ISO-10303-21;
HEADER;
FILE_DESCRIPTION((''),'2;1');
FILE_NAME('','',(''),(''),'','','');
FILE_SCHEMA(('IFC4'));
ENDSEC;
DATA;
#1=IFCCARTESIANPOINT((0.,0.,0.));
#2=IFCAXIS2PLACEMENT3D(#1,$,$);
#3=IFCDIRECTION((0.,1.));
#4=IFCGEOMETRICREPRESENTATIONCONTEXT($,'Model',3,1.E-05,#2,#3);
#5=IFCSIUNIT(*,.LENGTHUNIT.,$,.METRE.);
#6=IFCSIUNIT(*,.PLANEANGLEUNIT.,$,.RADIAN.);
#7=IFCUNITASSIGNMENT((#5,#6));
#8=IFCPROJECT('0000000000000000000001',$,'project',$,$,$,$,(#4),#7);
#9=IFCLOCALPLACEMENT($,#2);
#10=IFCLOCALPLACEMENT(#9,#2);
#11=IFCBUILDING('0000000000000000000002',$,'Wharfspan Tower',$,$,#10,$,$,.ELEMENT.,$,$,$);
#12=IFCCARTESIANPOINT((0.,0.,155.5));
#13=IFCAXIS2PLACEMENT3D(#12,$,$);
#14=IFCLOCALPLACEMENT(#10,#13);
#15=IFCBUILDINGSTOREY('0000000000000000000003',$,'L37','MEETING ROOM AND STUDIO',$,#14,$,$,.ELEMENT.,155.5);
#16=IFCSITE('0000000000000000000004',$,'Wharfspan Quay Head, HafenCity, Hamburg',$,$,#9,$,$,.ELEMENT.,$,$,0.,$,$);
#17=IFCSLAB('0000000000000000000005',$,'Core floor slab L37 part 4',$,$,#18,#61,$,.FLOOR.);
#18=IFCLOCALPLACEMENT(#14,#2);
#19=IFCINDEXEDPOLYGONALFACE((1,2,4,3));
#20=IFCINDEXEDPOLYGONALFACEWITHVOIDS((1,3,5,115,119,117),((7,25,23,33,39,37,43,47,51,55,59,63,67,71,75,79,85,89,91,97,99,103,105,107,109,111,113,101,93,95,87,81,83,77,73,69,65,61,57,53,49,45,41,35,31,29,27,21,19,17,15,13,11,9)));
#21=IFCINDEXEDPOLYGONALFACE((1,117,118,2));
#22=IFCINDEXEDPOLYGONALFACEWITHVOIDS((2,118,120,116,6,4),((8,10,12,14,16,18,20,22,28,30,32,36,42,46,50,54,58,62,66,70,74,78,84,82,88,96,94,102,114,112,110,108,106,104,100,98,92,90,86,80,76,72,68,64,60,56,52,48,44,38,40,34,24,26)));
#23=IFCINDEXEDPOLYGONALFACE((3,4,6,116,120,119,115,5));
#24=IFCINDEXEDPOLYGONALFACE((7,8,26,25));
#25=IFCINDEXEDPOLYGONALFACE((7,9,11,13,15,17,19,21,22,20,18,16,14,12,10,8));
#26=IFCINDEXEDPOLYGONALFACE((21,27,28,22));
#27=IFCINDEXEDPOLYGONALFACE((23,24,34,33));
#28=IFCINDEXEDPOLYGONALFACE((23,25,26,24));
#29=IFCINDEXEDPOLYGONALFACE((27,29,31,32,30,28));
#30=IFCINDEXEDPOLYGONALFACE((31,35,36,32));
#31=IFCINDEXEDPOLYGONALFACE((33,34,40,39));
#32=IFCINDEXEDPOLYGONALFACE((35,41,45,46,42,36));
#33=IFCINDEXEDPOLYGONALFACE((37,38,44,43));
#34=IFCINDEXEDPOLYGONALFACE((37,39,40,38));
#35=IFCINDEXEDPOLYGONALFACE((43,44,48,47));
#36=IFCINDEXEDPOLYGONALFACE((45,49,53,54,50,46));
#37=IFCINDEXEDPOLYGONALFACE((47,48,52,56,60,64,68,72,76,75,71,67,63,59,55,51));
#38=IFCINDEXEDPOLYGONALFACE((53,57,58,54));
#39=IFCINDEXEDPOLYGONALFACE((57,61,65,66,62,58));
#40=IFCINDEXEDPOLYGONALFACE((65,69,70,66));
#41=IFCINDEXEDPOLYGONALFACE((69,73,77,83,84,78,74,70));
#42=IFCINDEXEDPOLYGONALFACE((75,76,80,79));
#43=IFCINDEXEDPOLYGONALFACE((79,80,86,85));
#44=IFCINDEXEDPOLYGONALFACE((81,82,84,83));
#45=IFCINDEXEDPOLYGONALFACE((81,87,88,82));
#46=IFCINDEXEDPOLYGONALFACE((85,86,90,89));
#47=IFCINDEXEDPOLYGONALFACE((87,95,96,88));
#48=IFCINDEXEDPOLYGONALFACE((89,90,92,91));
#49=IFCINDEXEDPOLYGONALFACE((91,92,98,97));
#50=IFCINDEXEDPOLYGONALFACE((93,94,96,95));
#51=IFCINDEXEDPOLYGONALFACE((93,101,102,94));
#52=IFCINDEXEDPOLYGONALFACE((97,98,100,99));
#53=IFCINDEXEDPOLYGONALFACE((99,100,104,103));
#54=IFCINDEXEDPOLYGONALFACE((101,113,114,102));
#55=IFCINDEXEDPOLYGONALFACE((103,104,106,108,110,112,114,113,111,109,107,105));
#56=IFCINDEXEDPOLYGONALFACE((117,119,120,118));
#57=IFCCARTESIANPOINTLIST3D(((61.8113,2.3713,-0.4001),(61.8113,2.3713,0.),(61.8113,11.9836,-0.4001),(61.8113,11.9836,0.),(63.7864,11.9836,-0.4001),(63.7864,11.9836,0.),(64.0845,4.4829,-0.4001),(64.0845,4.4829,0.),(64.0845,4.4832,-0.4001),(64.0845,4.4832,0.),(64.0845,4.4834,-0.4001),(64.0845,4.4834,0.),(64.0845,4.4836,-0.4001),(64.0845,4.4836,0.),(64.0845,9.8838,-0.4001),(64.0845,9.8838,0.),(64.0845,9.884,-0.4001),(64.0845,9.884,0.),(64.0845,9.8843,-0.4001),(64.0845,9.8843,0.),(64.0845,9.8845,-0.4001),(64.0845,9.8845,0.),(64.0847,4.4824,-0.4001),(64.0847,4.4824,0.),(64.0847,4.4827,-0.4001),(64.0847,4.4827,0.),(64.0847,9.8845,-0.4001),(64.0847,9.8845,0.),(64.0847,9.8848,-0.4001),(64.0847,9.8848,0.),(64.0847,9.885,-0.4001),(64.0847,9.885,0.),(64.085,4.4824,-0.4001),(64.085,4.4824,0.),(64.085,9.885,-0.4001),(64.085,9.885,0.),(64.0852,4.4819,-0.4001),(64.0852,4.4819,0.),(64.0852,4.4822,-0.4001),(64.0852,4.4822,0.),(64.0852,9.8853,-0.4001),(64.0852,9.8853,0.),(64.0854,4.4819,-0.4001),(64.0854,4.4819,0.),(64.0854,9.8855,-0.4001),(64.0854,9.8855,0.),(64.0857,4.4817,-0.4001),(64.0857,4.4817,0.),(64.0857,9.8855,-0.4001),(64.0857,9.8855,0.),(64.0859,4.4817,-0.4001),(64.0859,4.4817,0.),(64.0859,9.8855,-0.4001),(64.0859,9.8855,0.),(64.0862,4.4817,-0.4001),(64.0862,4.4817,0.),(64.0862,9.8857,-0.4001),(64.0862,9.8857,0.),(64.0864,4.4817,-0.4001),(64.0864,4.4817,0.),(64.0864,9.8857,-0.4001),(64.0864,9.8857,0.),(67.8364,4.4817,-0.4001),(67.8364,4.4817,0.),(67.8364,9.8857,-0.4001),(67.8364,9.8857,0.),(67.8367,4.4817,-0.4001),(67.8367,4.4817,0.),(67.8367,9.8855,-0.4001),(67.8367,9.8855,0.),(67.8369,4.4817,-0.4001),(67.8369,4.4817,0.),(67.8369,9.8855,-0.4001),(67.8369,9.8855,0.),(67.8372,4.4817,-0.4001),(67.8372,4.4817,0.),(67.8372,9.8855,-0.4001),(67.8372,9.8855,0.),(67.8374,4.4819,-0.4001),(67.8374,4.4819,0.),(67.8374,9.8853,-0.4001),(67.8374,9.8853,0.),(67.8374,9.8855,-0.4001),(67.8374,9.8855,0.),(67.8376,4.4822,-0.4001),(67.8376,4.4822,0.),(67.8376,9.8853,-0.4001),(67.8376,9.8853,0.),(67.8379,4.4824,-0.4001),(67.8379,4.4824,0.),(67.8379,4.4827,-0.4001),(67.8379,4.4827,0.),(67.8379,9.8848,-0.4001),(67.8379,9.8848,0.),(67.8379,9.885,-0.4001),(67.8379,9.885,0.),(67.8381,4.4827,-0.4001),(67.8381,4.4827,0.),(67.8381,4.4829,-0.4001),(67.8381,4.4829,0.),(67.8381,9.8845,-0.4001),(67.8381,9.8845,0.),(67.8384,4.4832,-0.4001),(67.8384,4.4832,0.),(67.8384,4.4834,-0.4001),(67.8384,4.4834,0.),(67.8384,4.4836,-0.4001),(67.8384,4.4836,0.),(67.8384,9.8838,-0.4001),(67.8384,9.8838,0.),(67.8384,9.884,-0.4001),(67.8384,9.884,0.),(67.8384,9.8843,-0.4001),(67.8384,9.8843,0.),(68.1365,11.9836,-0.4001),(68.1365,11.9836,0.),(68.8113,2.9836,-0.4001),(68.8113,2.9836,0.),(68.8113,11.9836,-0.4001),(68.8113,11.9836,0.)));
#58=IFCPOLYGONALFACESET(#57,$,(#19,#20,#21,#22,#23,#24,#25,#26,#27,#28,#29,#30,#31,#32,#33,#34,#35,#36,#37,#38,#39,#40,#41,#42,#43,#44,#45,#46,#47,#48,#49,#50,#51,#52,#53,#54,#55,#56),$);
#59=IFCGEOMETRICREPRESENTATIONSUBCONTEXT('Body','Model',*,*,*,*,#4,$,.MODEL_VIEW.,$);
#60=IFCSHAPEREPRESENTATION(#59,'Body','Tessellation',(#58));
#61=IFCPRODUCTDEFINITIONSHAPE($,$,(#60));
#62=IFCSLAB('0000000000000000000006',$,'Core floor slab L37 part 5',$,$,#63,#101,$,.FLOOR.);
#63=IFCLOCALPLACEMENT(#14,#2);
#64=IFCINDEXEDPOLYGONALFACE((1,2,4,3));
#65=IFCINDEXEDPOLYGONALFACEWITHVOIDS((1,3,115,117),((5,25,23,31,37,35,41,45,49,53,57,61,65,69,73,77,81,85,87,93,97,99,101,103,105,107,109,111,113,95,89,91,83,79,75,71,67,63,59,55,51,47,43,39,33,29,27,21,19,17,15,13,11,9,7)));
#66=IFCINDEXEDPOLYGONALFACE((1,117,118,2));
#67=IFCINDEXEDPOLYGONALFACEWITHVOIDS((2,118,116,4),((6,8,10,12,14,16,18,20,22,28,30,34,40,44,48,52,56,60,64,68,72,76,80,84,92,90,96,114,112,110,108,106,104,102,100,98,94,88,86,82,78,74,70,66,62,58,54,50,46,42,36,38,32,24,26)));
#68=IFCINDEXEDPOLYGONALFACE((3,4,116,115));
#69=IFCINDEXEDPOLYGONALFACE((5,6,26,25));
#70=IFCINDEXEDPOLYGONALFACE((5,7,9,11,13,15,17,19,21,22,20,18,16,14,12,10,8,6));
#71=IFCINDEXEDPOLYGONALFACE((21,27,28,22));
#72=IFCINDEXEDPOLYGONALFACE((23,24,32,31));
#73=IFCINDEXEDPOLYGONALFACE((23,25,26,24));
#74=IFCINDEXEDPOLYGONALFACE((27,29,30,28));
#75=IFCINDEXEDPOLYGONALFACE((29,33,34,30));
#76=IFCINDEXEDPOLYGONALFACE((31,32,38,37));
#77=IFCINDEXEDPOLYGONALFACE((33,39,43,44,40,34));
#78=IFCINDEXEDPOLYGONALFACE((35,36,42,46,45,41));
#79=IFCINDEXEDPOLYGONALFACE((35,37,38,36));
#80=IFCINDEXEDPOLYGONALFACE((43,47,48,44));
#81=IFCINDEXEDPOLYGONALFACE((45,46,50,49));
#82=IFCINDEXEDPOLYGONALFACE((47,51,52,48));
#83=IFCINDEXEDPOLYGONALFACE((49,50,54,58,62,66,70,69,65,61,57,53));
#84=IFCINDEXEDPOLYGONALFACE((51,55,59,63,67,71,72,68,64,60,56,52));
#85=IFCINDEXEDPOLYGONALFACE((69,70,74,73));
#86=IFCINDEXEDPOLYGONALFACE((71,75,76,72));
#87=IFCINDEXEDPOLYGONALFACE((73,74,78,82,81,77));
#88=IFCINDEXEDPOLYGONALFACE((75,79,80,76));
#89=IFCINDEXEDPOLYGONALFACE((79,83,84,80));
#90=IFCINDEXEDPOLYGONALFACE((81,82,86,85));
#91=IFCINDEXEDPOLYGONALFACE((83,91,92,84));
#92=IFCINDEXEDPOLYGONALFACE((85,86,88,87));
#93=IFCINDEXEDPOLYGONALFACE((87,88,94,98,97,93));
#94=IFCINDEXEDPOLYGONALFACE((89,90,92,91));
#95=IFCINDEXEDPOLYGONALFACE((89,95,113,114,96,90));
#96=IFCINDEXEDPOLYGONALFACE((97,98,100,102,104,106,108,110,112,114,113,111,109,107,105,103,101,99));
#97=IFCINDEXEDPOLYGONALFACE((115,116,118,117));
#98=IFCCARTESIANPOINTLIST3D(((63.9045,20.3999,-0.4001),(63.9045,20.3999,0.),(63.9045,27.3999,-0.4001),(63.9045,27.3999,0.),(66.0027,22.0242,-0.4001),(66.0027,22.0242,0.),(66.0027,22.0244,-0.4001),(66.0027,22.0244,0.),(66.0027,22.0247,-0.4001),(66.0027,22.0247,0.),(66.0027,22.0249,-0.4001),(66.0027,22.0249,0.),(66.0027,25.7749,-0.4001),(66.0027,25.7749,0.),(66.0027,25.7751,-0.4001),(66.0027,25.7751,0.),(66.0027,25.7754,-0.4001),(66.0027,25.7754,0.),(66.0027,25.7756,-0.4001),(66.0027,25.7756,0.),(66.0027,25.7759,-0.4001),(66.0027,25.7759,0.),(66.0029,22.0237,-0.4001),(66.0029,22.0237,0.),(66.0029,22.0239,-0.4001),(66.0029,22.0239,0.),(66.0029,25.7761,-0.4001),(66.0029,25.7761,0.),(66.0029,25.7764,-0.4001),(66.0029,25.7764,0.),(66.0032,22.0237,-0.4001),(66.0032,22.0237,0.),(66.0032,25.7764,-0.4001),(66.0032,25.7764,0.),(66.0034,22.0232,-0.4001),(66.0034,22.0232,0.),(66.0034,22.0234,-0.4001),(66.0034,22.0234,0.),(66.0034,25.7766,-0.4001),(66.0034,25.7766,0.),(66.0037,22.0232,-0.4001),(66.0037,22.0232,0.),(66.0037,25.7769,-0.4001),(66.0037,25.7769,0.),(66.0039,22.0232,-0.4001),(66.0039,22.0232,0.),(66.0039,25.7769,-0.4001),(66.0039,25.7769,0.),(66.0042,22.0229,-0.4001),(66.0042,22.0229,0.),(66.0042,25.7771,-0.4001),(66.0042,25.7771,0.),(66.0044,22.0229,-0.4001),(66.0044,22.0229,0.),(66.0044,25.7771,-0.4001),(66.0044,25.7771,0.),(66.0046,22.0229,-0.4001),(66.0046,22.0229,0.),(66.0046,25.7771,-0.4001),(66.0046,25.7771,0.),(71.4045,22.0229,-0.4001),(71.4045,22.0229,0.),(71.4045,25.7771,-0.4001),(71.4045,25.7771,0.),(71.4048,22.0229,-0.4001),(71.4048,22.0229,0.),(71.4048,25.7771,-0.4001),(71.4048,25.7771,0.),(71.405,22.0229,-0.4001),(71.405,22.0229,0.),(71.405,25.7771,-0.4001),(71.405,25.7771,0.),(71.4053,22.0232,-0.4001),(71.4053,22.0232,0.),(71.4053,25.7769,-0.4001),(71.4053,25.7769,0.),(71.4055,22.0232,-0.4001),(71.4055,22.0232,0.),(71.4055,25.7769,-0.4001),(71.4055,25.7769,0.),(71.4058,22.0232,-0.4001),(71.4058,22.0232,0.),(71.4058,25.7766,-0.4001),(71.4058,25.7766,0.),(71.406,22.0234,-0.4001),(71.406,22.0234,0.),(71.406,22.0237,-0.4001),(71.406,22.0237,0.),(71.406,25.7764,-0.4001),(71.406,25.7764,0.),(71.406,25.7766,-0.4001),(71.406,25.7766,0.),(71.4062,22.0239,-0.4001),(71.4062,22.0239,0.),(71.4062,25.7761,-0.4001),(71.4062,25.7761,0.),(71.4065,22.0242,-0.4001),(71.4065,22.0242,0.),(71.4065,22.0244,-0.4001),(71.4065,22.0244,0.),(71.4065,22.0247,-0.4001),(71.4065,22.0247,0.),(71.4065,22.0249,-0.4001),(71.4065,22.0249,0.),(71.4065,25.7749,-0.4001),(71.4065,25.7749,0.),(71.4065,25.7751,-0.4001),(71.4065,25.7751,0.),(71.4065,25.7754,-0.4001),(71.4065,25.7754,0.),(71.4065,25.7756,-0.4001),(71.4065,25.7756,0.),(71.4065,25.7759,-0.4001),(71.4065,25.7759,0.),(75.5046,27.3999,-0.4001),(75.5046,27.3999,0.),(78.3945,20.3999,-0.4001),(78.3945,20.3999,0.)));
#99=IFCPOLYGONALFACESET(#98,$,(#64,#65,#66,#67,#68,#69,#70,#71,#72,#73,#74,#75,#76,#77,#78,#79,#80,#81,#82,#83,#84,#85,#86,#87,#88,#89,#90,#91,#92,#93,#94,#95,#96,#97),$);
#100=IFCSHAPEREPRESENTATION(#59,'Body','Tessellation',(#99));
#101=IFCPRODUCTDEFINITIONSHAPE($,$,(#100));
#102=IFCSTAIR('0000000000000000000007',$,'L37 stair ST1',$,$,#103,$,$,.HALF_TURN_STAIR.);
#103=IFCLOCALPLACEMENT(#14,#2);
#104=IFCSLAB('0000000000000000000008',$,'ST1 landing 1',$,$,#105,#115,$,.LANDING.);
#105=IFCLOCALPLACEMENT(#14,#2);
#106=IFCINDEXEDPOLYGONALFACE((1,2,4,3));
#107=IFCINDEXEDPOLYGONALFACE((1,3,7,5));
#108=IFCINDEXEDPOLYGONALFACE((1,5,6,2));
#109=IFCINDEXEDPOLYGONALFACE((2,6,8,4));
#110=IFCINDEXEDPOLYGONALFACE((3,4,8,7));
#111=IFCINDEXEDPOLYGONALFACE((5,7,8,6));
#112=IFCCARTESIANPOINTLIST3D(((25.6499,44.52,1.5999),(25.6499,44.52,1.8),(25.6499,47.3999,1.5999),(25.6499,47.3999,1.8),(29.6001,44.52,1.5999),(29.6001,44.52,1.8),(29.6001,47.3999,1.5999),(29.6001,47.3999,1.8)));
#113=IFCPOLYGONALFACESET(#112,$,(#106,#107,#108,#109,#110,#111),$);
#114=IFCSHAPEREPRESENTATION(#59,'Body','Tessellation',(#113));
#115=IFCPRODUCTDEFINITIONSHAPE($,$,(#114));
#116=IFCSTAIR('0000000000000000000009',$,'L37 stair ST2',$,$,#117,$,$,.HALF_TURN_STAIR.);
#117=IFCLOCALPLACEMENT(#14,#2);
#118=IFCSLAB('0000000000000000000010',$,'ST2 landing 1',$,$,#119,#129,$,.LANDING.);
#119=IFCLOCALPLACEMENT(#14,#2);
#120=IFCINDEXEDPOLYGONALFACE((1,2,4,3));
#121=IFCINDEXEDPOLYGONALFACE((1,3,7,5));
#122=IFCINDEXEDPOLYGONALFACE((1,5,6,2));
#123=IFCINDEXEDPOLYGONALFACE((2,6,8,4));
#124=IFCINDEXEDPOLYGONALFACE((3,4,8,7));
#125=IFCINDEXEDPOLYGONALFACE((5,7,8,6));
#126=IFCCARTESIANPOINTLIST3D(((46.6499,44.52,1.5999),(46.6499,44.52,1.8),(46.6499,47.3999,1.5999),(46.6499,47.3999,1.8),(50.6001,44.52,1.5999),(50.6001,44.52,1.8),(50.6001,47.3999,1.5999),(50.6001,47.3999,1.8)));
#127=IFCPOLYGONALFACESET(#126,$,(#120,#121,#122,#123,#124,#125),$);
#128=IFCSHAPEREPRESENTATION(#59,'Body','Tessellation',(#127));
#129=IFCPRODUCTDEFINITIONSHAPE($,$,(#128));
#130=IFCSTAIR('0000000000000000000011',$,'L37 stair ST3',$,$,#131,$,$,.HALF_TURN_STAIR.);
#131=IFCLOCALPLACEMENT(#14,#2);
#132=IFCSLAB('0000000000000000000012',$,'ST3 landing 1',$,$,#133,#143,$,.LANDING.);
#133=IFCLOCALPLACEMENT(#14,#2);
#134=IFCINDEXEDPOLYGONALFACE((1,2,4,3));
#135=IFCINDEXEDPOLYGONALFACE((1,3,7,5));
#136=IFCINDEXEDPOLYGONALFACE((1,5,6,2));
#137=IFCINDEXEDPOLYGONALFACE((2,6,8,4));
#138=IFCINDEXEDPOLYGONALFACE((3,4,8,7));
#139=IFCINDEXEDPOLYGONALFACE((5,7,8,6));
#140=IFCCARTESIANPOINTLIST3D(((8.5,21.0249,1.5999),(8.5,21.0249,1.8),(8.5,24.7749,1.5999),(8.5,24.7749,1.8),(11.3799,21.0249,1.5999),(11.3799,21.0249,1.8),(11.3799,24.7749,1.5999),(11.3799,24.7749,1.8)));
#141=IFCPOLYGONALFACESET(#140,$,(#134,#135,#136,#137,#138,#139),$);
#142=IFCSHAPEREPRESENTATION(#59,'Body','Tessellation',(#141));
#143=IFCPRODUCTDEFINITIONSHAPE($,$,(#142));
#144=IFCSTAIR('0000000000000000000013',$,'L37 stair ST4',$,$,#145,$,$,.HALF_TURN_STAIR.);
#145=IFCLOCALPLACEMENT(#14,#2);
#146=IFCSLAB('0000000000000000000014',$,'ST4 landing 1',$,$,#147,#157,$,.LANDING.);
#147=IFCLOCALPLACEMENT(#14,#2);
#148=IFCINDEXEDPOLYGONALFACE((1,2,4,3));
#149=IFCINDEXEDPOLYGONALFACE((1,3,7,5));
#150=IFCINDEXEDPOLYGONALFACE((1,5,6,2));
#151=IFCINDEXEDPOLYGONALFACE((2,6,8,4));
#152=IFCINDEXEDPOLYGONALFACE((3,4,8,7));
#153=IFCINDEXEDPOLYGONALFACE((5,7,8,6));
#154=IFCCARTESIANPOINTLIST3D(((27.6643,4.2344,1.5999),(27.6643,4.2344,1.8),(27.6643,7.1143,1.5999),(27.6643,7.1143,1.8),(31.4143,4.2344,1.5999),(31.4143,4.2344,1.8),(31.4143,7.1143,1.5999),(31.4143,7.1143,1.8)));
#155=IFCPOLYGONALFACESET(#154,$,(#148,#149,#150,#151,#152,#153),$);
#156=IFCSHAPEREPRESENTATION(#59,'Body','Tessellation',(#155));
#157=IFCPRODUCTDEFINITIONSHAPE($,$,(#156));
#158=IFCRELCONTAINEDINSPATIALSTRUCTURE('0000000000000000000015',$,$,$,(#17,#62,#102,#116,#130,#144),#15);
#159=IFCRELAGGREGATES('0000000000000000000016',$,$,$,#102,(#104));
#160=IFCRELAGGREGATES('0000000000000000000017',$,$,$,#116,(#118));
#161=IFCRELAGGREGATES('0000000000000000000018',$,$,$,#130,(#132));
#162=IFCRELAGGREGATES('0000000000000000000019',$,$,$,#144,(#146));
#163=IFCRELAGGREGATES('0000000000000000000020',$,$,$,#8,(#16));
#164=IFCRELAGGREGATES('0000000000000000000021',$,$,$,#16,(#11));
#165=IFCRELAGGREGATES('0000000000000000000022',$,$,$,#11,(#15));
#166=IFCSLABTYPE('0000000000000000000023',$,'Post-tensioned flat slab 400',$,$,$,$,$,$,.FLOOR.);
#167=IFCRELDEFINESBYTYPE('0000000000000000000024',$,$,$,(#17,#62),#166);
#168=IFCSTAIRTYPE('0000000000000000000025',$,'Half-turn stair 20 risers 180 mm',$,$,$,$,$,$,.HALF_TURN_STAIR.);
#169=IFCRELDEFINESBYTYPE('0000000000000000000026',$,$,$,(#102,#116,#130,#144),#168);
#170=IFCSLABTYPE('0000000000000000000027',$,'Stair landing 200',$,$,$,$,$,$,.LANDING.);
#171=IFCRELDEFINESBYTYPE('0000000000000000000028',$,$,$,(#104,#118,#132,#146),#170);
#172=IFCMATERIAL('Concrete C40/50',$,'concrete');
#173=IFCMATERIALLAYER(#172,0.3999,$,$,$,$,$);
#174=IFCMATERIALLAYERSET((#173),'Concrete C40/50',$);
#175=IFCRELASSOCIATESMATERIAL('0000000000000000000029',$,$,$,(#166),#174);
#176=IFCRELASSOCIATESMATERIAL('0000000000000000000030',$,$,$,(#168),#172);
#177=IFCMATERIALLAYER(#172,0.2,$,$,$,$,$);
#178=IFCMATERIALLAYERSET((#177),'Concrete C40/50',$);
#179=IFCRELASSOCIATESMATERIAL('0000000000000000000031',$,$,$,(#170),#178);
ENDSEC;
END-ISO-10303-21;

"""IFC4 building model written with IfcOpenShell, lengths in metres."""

from ifc_helpers import new_model, si_unit, direction, frame, origin, place, context, subcontext, project, spatial, polyline, outline, extrude, material, layer, layer_set, type_object, element, aggregate, save


model = new_model("IFC4")

# Units and contexts
model_context = context("Model", 3, precision=1e-05, world=origin(), true_north=direction((0.0, 1.0)))
body_context = subcontext(model_context, "Body", "Model", "MODEL_VIEW")
ifc_project = project(units=[si_unit("LENGTHUNIT", "METRE"), si_unit("PLANEANGLEUNIT", "RADIAN")], contexts=[model_context])

# Site, building, storey
site_placement = place(None, origin())
site = spatial("IfcSite", under=ifc_project, at=site_placement, Name="Wharfspan Quay Head, HafenCity, Hamburg", CompositionType="ELEMENT", RefElevation=0.0)
building_placement = place(site_placement, origin())
building = spatial("IfcBuilding", under=site, at=building_placement, Name="Wharfspan Tower", CompositionType="ELEMENT")
storey_placement = place(building_placement, frame((0.0, 0.0, 155.5)))
storey = spatial("IfcBuildingStorey", under=building, at=storey_placement, Name="L37", Description="MEETING ROOM AND STUDIO", CompositionType="ELEMENT", Elevation=155.5)

# Slabs
ifc_material_1 = material(Name="Concrete C40/50", Category="concrete")
ifc_layer_1 = layer(ifc_material_1, 0.3999)
ifc_layer_set_1 = layer_set([ifc_layer_1], Name="Concrete C40/50")
slab_type_1 = type_object("IfcSlabType", Name="Post-tensioned flat slab 400", PredefinedType="FLOOR", material=ifc_layer_set_1)
slab_1_placement = place(storey_placement, frame((0.0, 0.0, -0.4001)))
element("IfcSlab", 1, at=slab_1_placement, inside=storey, type_object=slab_type_1, Name="Core floor slab L37 part 4", PredefinedType="FLOOR", context=body_context, shape_type="SweptSolid", body=[
    extrude(outline(polyline([(68.8113, 11.9836), (68.1365, 11.9836), (63.7864, 11.9836), (61.8113, 11.9836), (61.8113, 2.3713), (68.8113, 2.9836), (68.8113, 11.9836)]), holes=[polyline([(64.0845, 9.8838), (64.0845, 9.8838), (64.0845, 9.884), (64.0845, 9.8843), (64.0845, 9.8845), (64.0847, 9.8845), (64.0847, 9.8848), (64.0847, 9.885), (64.085, 9.885), (64.0852, 9.8853), (64.0852, 9.8853), (64.0854, 9.8855), (64.0857, 9.8855), (64.0857, 9.8855), (64.0859, 9.8855), (64.0862, 9.8857), (64.0864, 9.8857), (67.8364, 9.8857), (67.8364, 9.8857), (67.8367, 9.8855), (67.8369, 9.8855), (67.8372, 9.8855), (67.8374, 9.8855), (67.8374, 9.8853), (67.8376, 9.8853), (67.8379, 9.885), (67.8379, 9.885), (67.8379, 9.8848), (67.8381, 9.8845), (67.8381, 9.8845), (67.8384, 9.8843), (67.8384, 9.884), (67.8384, 9.8838), (67.8384, 9.8838), (67.8384, 4.4836), (67.8384, 4.4834), (67.8384, 4.4834), (67.8384, 4.4832), (67.8381, 4.4829), (67.8381, 4.4827), (67.8379, 4.4827), (67.8379, 4.4824), (67.8379, 4.4824), (67.8376, 4.4822), (67.8374, 4.4819), (67.8374, 4.4819), (67.8372, 4.4817), (67.8369, 4.4817), (67.8367, 4.4817), (67.8364, 4.4817), (67.8364, 4.4817), (64.0864, 4.4817), (64.0862, 4.4817), (64.0859, 4.4817), (64.0857, 4.4817), (64.0857, 4.4817), (64.0854, 4.4819), (64.0852, 4.4819), (64.0852, 4.4822), (64.085, 4.4824), (64.0847, 4.4824), (64.0847, 4.4827), (64.0847, 4.4827), (64.0845, 4.4829), (64.0845, 4.4832), (64.0845, 4.4834), (64.0845, 4.4834), (64.0845, 4.4836), (64.0845, 9.8838)])]), origin(), (0.0, 0.0, 1.0), 0.4001),
])
slab_2_placement = place(storey_placement, frame((0.0, 0.0, -0.4001)))
element("IfcSlab", 2, at=slab_2_placement, inside=storey, type_object=slab_type_1, Name="Core floor slab L37 part 5", PredefinedType="FLOOR", context=body_context, shape_type="SweptSolid", body=[
    extrude(outline(polyline([(78.3945, 20.3999), (75.5046, 27.3999), (63.9045, 27.3999), (63.9045, 20.3999), (78.3945, 20.3999)]), holes=[polyline([(66.0046, 22.0229), (66.0044, 22.0229), (66.0041, 22.0229), (66.0039, 22.0232), (66.0039, 22.0232), (66.0037, 22.0232), (66.0034, 22.0232), (66.0034, 22.0234), (66.0032, 22.0237), (66.0029, 22.0237), (66.0029, 22.0239), (66.0027, 22.0242), (66.0027, 22.0242), (66.0027, 22.0244), (66.0027, 22.0247), (66.0027, 22.0249), (66.0027, 22.0249), (66.0027, 25.7749), (66.0027, 25.7751), (66.0027, 25.7754), (66.0027, 25.7756), (66.0027, 25.7759), (66.0027, 25.7759), (66.0029, 25.7761), (66.0029, 25.7764), (66.0032, 25.7764), (66.0034, 25.7766), (66.0034, 25.7766), (66.0037, 25.7769), (66.0039, 25.7769), (66.0039, 25.7769), (66.0041, 25.7771), (66.0044, 25.7771), (66.0046, 25.7771), (71.4045, 25.7771), (71.4048, 25.7771), (71.405, 25.7771), (71.4053, 25.7769), (71.4055, 25.7769), (71.4055, 25.7769), (71.4058, 25.7766), (71.406, 25.7766), (71.406, 25.7764), (71.406, 25.7764), (71.4062, 25.7761), (71.4065, 25.7759), (71.4065, 25.7759), (71.4065, 25.7756), (71.4065, 25.7754), (71.4065, 25.7751), (71.4065, 25.7749), (71.4065, 22.0249), (71.4065, 22.0249), (71.4065, 22.0247), (71.4065, 22.0244), (71.4065, 22.0242), (71.4065, 22.0242), (71.4062, 22.0239), (71.406, 22.0237), (71.406, 22.0237), (71.406, 22.0234), (71.4058, 22.0232), (71.4055, 22.0232), (71.4055, 22.0232), (71.4053, 22.0232), (71.405, 22.0229), (71.4048, 22.0229), (71.4045, 22.0229), (66.0046, 22.0229)])]), origin(), (0.0, 0.0, 1.0), 0.4001),
])

# Stairs, slabs
stair_type = type_object("IfcStairType", Name="Half-turn stair 20 risers 180 mm", PredefinedType="HALF_TURN_STAIR", material=ifc_material_1)
stair_1_placement = place(storey_placement, origin())
stair_1 = element("IfcStair", 3, at=stair_1_placement, inside=storey, type_object=stair_type, Name="L37 stair ST1", PredefinedType="HALF_TURN_STAIR")
ifc_layer_2 = layer(ifc_material_1, 0.2)
ifc_layer_set_2 = layer_set([ifc_layer_2], Name="Concrete C40/50")
slab_type_2 = type_object("IfcSlabType", Name="Stair landing 200", PredefinedType="LANDING", material=ifc_layer_set_2)
slab_3_placement = place(storey_placement, frame((0.0, 0.0, 1.5999)))
slab_3 = element("IfcSlab", 4, at=slab_3_placement, type_object=slab_type_2, Name="ST1 landing 1", PredefinedType="LANDING", context=body_context, shape_type="SweptSolid", body=[
    extrude(outline(polyline([(25.6499, 44.52), (29.6001, 44.52), (29.6001, 47.3999), (25.6499, 47.3999), (25.6499, 44.52)])), origin(), (0.0, 0.0, 1.0), 0.2002),
])
aggregate(stair_1, [slab_3])
stair_2_placement = place(storey_placement, origin())
stair_2 = element("IfcStair", 5, at=stair_2_placement, inside=storey, type_object=stair_type, Name="L37 stair ST2", PredefinedType="HALF_TURN_STAIR")
slab_4_placement = place(storey_placement, frame((0.0, 0.0, 1.5999)))
slab_4 = element("IfcSlab", 6, at=slab_4_placement, type_object=slab_type_2, Name="ST2 landing 1", PredefinedType="LANDING", context=body_context, shape_type="SweptSolid", body=[
    extrude(outline(polyline([(46.6499, 44.52), (50.6001, 44.52), (50.6001, 47.3999), (46.6499, 47.3999), (46.6499, 44.52)])), origin(), (0.0, 0.0, 1.0), 0.2002),
])
aggregate(stair_2, [slab_4])
stair_3_placement = place(storey_placement, origin())
stair_3 = element("IfcStair", 7, at=stair_3_placement, inside=storey, type_object=stair_type, Name="L37 stair ST3", PredefinedType="HALF_TURN_STAIR")
slab_5_placement = place(storey_placement, frame((0.0, 0.0, 1.5999)))
slab_5 = element("IfcSlab", 8, at=slab_5_placement, type_object=slab_type_2, Name="ST3 landing 1", PredefinedType="LANDING", context=body_context, shape_type="SweptSolid", body=[
    extrude(outline(polyline([(11.3799, 24.7749), (8.5, 24.7749), (8.5, 21.0249), (11.3799, 21.0249), (11.3799, 24.7749)])), origin(), (0.0, 0.0, 1.0), 0.2002),
])
aggregate(stair_3, [slab_5])
stair_4_placement = place(storey_placement, origin())
stair_4 = element("IfcStair", 9, at=stair_4_placement, inside=storey, type_object=stair_type, Name="L37 stair ST4", PredefinedType="HALF_TURN_STAIR")
slab_6_placement = place(storey_placement, frame((0.0, 0.0, 1.5999)))
slab_6 = element("IfcSlab", 10, at=slab_6_placement, type_object=slab_type_2, Name="ST4 landing 1", PredefinedType="LANDING", context=body_context, shape_type="SweptSolid", body=[
    extrude(outline(polyline([(27.6643, 7.1143), (27.6643, 4.2344), (31.4143, 4.2344), (31.4143, 7.1143), (27.6643, 7.1143)])), origin(), (0.0, 0.0, 1.0), 0.2002),
])
aggregate(stair_4, [slab_6])

save(model, "model.ifc")
